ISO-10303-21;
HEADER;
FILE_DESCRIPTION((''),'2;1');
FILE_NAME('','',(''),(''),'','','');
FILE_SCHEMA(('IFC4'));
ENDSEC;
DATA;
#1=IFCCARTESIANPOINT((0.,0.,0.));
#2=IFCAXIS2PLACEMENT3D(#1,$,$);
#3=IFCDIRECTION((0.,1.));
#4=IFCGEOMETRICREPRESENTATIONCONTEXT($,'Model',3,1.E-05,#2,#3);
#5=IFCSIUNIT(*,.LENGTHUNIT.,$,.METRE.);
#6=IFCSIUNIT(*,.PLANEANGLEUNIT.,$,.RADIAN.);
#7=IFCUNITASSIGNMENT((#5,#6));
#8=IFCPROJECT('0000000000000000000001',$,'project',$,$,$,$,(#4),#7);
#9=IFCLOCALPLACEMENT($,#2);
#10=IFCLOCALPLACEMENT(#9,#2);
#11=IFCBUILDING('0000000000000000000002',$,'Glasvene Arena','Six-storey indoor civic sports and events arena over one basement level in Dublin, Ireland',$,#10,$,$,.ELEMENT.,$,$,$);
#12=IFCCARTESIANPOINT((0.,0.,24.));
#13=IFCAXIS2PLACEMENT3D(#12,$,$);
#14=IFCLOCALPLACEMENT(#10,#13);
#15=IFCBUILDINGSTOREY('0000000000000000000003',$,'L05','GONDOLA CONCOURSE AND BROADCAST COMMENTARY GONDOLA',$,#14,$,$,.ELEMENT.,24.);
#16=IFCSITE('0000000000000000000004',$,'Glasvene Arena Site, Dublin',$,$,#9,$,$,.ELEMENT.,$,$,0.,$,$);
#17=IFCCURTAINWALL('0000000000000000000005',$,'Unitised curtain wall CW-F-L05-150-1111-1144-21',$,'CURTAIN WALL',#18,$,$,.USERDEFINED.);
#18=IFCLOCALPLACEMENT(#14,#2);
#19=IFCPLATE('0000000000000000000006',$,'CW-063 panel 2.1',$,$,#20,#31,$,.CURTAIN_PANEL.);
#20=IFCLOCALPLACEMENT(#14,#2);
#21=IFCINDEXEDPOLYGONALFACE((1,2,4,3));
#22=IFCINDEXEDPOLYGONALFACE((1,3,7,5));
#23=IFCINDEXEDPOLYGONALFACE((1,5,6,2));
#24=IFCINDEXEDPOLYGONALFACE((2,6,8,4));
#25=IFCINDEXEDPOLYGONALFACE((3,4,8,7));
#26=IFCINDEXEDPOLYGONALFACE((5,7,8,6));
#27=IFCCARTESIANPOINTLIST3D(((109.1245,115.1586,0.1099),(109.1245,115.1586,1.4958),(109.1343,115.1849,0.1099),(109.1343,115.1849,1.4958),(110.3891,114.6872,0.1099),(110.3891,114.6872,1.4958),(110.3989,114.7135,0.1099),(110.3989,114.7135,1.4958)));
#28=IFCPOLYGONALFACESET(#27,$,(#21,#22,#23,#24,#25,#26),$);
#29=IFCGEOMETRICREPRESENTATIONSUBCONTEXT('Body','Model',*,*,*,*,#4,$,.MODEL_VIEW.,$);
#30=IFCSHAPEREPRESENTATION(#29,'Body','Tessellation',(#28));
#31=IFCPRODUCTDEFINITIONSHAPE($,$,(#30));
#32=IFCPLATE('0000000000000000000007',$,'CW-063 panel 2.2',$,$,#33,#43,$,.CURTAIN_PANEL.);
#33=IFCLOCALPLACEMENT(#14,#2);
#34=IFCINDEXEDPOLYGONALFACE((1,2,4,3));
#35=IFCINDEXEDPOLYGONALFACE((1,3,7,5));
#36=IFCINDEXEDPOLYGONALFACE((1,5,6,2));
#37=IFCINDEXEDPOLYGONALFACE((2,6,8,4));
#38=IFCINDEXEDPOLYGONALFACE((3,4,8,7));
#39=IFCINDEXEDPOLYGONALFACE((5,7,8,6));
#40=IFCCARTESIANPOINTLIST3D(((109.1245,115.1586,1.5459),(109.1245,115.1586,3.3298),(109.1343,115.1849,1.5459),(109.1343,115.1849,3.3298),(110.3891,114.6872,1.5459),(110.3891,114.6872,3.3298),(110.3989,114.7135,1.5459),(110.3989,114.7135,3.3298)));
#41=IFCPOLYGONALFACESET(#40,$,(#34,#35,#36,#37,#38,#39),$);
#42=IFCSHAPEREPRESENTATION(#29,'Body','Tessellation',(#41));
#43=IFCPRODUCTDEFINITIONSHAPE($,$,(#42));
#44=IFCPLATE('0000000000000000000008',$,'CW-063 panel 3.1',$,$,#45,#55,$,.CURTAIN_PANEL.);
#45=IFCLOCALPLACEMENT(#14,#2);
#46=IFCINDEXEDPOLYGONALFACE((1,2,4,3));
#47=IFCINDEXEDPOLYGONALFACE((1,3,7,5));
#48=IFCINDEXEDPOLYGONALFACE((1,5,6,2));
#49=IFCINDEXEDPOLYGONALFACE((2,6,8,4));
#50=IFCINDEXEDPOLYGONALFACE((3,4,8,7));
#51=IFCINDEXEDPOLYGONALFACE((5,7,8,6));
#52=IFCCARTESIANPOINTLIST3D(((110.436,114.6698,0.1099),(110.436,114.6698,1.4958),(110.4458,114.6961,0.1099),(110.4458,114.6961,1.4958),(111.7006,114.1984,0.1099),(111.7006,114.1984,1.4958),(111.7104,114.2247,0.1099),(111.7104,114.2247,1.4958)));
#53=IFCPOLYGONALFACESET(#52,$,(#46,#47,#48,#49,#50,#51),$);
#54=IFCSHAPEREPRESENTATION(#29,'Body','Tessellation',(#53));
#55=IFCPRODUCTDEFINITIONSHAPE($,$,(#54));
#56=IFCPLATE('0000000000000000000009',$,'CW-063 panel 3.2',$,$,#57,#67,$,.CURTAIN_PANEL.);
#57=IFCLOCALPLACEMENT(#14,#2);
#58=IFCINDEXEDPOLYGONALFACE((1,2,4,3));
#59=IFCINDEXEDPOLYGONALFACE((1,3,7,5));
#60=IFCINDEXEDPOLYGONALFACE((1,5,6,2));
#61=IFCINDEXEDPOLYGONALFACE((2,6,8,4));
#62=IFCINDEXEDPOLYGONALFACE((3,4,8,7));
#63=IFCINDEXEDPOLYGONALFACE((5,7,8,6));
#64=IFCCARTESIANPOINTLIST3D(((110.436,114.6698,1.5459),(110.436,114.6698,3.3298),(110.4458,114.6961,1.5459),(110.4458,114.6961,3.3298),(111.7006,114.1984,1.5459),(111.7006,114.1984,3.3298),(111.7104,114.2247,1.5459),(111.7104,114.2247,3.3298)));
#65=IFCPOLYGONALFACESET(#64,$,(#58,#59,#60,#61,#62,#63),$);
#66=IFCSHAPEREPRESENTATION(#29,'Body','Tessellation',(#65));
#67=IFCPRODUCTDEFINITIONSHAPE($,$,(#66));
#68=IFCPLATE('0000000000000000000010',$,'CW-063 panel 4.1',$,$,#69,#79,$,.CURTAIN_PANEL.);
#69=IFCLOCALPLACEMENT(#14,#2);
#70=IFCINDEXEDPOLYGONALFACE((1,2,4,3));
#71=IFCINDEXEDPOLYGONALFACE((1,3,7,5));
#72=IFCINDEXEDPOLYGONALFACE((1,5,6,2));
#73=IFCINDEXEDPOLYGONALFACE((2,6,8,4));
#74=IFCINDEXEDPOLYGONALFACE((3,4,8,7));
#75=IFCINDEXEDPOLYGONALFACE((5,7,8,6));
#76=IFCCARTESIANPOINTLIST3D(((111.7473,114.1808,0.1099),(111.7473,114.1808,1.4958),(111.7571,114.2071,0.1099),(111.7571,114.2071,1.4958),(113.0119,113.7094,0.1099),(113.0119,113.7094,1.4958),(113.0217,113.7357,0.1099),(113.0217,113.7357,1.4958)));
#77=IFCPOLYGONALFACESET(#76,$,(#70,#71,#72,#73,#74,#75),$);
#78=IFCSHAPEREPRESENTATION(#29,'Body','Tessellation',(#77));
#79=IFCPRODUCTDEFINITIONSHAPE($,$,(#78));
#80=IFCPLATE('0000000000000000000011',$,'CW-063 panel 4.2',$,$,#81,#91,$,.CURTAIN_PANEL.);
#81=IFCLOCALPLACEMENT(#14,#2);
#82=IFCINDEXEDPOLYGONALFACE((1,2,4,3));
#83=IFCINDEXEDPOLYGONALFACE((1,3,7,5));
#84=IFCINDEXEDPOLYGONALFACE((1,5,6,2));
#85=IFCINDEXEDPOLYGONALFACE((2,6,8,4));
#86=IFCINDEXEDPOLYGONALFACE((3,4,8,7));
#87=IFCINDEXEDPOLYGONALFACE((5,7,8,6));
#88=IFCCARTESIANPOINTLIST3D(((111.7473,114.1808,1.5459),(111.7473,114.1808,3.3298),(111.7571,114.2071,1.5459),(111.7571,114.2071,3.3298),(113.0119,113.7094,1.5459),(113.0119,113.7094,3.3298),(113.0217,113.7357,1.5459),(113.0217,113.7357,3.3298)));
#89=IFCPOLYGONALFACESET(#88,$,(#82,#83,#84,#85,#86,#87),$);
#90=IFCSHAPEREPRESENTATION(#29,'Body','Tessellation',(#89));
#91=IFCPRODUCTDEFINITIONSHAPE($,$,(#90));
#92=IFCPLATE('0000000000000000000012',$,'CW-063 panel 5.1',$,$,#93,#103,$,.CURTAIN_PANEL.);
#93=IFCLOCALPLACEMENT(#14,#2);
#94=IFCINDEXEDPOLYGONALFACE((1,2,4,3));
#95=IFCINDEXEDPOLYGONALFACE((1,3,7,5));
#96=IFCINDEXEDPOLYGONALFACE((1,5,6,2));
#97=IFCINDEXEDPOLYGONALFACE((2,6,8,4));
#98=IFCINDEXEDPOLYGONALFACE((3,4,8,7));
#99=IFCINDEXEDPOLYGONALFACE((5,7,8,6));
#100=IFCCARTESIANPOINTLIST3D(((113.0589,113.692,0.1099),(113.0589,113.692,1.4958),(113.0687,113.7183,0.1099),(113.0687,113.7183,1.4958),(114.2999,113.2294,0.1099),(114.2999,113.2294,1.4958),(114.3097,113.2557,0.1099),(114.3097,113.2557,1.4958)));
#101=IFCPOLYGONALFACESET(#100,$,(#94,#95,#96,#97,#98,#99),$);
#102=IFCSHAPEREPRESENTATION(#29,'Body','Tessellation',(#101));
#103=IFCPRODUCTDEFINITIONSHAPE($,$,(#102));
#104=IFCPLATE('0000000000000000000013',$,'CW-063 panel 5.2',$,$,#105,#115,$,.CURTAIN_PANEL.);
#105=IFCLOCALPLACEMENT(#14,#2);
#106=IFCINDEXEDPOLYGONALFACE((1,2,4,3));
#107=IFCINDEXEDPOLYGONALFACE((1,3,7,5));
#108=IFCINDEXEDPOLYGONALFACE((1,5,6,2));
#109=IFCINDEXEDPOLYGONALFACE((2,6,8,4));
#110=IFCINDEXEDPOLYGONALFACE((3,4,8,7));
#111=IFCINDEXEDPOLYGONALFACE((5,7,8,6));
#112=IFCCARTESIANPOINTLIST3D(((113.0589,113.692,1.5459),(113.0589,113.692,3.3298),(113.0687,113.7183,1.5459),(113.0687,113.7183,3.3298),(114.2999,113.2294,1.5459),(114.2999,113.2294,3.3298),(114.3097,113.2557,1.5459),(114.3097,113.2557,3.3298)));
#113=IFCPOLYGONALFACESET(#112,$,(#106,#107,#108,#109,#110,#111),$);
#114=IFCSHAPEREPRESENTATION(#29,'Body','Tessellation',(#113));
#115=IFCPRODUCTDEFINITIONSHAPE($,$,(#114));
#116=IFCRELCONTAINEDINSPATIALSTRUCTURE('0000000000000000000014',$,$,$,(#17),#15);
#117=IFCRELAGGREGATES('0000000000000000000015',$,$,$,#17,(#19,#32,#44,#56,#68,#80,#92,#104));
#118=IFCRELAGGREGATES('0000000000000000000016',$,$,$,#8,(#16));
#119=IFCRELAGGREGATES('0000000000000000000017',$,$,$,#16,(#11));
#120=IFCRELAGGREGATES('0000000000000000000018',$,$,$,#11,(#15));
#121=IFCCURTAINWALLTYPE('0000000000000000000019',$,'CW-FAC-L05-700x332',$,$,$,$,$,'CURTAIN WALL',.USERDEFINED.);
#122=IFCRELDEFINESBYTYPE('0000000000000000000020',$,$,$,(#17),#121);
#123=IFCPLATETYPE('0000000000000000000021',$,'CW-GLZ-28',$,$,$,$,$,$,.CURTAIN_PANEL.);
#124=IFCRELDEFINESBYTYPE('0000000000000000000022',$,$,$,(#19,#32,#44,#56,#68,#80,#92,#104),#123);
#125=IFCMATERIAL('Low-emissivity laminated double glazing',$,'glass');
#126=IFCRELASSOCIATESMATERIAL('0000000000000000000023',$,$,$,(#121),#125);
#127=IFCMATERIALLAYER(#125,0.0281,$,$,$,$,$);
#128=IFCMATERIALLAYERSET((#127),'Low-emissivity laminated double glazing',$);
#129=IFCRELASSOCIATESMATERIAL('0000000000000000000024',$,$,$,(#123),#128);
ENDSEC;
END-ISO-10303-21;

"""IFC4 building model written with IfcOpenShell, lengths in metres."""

from ifc_helpers import new_model, si_unit, direction, frame, origin, origin_2d, place, context, subcontext, project, spatial, rectangle, extrude, material, layer, layer_set, type_object, element, aggregate, save


model = new_model("IFC4")

# Units and contexts
model_context = context("Model", 3, precision=1e-05, world=origin(), true_north=direction((0.0, 1.0)))
body_context = subcontext(model_context, "Body", "Model", "MODEL_VIEW")
ifc_project = project(units=[si_unit("LENGTHUNIT", "METRE"), si_unit("PLANEANGLEUNIT", "RADIAN")], contexts=[model_context])

# Site, building, storey
site_placement = place(None, origin())
site = spatial("IfcSite", under=ifc_project, at=site_placement, Name="Glasvene Arena Site, Dublin", CompositionType="ELEMENT", RefElevation=0.0)
building_placement = place(site_placement, origin())
building = spatial("IfcBuilding", under=site, at=building_placement, Name="Glasvene Arena", Description="Six-storey indoor civic sports and events arena over one basement level in Dublin, Ireland", CompositionType="ELEMENT")
storey_placement = place(building_placement, frame((0.0, 0.0, 24.0)))
storey = spatial("IfcBuildingStorey", under=building, at=storey_placement, Name="L05", Description="GONDOLA CONCOURSE AND BROADCAST COMMENTARY GONDOLA", CompositionType="ELEMENT", Elevation=24.0)

# Curtain wall, plates
ifc_material_1 = material(Name="Low-emissivity laminated double glazing", Category="glass")
curtain_wall_type = type_object("IfcCurtainWallType", Name="CW-FAC-L05-700x332", ElementType="CURTAIN WALL", PredefinedType="USERDEFINED", material=ifc_material_1)
curtain_wall_placement = place(storey_placement, frame((107.7947, 115.6692, 0.0)))
curtain_wall = element("IfcCurtainWall", 1, at=curtain_wall_placement, inside=storey, type_object=curtain_wall_type, Name="Unitised curtain wall CW-F-L05-150-1111-1144-21", ObjectType="CURTAIN WALL", PredefinedType="USERDEFINED")
ifc_layer = layer(ifc_material_1, 0.0281)
ifc_layer_set = layer_set([ifc_layer], Name="Low-emissivity laminated double glazing")
plate_type = type_object("IfcPlateType", Name="CW-GLZ-28", PredefinedType="CURTAIN_PANEL", material=ifc_layer_set)
plate_1_placement = place(storey_placement, frame((109.7617, 114.936, 0.1099), z_axis=(0.0, 0.0, 1.0), x_axis=(0.937012, -0.349297, 0.0)))
plate_1 = element("IfcPlate", 2, at=plate_1_placement, type_object=plate_type, Name="CW-063 panel 2.1", PredefinedType="CURTAIN_PANEL", context=body_context, shape_type="SweptSolid", body=[
    extrude(rectangle(XDim=1.3496, YDim=0.0281, at=origin_2d()), origin(), (0.0, 0.0, 1.0), 1.386),
])
plate_2_placement = place(storey_placement, frame((109.7617, 114.936, 1.5459), z_axis=(0.0, 0.0, 1.0), x_axis=(0.937012, -0.349297, 0.0)))
plate_2 = element("IfcPlate", 3, at=plate_2_placement, type_object=plate_type, Name="CW-063 panel 2.2", PredefinedType="CURTAIN_PANEL", context=body_context, shape_type="SweptSolid", body=[
    extrude(rectangle(XDim=1.3496, YDim=0.0281, at=origin_2d()), origin(), (0.0, 0.0, 1.0), 1.7839),
])
plate_3_placement = place(storey_placement, frame((111.0732, 114.4473, 0.1099), z_axis=(0.0, 0.0, 1.0), x_axis=(0.937012, -0.349297, 0.0)))
plate_3 = element("IfcPlate", 4, at=plate_3_placement, type_object=plate_type, Name="CW-063 panel 3.1", PredefinedType="CURTAIN_PANEL", context=body_context, shape_type="SweptSolid", body=[
    extrude(rectangle(XDim=1.3496, YDim=0.0281, at=origin_2d()), origin(), (0.0, 0.0, 1.0), 1.386),
])
plate_4_placement = place(storey_placement, frame((111.0732, 114.4473, 1.5459), z_axis=(0.0, 0.0, 1.0), x_axis=(0.937012, -0.349297, 0.0)))
plate_4 = element("IfcPlate", 5, at=plate_4_placement, type_object=plate_type, Name="CW-063 panel 3.2", PredefinedType="CURTAIN_PANEL", context=body_context, shape_type="SweptSolid", body=[
    extrude(rectangle(XDim=1.3496, YDim=0.0281, at=origin_2d()), origin(), (0.0, 0.0, 1.0), 1.7839),
])
plate_5_placement = place(storey_placement, frame((112.3845, 113.9583, 0.1099), z_axis=(0.0, 0.0, 1.0), x_axis=(0.937012, -0.349297, 0.0)))
plate_5 = element("IfcPlate", 6, at=plate_5_placement, type_object=plate_type, Name="CW-063 panel 4.1", PredefinedType="CURTAIN_PANEL", context=body_context, shape_type="SweptSolid", body=[
    extrude(rectangle(XDim=1.3496, YDim=0.0281, at=origin_2d()), origin(), (0.0, 0.0, 1.0), 1.386),
])
plate_6_placement = place(storey_placement, frame((112.3845, 113.9583, 1.5459), z_axis=(0.0, 0.0, 1.0), x_axis=(0.937012, -0.349297, 0.0)))
plate_6 = element("IfcPlate", 7, at=plate_6_placement, type_object=plate_type, Name="CW-063 panel 4.2", PredefinedType="CURTAIN_PANEL", context=body_context, shape_type="SweptSolid", body=[
    extrude(rectangle(XDim=1.3496, YDim=0.0281, at=origin_2d()), origin(), (0.0, 0.0, 1.0), 1.7839),
])
plate_7_placement = place(storey_placement, frame((113.6843, 113.4739, 0.1099), z_axis=(0.0, 0.0, 1.0), x_axis=(0.937012, -0.349297, 0.0)))
plate_7 = element("IfcPlate", 8, at=plate_7_placement, type_object=plate_type, Name="CW-063 panel 5.1", PredefinedType="CURTAIN_PANEL", context=body_context, shape_type="SweptSolid", body=[
    extrude(rectangle(XDim=1.3245, YDim=0.0281, at=origin_2d()), origin(), (0.0, 0.0, 1.0), 1.386),
])
plate_8_placement = place(storey_placement, frame((113.6843, 113.4739, 1.5459), z_axis=(0.0, 0.0, 1.0), x_axis=(0.937012, -0.349297, 0.0)))
plate_8 = element("IfcPlate", 9, at=plate_8_placement, type_object=plate_type, Name="CW-063 panel 5.2", PredefinedType="CURTAIN_PANEL", context=body_context, shape_type="SweptSolid", body=[
    extrude(rectangle(XDim=1.3245, YDim=0.0281, at=origin_2d()), origin(), (0.0, 0.0, 1.0), 1.7839),
])
aggregate(curtain_wall, [plate_1, plate_2, plate_3, plate_4, plate_5, plate_6, plate_7, plate_8])

save(model, "model.ifc")
